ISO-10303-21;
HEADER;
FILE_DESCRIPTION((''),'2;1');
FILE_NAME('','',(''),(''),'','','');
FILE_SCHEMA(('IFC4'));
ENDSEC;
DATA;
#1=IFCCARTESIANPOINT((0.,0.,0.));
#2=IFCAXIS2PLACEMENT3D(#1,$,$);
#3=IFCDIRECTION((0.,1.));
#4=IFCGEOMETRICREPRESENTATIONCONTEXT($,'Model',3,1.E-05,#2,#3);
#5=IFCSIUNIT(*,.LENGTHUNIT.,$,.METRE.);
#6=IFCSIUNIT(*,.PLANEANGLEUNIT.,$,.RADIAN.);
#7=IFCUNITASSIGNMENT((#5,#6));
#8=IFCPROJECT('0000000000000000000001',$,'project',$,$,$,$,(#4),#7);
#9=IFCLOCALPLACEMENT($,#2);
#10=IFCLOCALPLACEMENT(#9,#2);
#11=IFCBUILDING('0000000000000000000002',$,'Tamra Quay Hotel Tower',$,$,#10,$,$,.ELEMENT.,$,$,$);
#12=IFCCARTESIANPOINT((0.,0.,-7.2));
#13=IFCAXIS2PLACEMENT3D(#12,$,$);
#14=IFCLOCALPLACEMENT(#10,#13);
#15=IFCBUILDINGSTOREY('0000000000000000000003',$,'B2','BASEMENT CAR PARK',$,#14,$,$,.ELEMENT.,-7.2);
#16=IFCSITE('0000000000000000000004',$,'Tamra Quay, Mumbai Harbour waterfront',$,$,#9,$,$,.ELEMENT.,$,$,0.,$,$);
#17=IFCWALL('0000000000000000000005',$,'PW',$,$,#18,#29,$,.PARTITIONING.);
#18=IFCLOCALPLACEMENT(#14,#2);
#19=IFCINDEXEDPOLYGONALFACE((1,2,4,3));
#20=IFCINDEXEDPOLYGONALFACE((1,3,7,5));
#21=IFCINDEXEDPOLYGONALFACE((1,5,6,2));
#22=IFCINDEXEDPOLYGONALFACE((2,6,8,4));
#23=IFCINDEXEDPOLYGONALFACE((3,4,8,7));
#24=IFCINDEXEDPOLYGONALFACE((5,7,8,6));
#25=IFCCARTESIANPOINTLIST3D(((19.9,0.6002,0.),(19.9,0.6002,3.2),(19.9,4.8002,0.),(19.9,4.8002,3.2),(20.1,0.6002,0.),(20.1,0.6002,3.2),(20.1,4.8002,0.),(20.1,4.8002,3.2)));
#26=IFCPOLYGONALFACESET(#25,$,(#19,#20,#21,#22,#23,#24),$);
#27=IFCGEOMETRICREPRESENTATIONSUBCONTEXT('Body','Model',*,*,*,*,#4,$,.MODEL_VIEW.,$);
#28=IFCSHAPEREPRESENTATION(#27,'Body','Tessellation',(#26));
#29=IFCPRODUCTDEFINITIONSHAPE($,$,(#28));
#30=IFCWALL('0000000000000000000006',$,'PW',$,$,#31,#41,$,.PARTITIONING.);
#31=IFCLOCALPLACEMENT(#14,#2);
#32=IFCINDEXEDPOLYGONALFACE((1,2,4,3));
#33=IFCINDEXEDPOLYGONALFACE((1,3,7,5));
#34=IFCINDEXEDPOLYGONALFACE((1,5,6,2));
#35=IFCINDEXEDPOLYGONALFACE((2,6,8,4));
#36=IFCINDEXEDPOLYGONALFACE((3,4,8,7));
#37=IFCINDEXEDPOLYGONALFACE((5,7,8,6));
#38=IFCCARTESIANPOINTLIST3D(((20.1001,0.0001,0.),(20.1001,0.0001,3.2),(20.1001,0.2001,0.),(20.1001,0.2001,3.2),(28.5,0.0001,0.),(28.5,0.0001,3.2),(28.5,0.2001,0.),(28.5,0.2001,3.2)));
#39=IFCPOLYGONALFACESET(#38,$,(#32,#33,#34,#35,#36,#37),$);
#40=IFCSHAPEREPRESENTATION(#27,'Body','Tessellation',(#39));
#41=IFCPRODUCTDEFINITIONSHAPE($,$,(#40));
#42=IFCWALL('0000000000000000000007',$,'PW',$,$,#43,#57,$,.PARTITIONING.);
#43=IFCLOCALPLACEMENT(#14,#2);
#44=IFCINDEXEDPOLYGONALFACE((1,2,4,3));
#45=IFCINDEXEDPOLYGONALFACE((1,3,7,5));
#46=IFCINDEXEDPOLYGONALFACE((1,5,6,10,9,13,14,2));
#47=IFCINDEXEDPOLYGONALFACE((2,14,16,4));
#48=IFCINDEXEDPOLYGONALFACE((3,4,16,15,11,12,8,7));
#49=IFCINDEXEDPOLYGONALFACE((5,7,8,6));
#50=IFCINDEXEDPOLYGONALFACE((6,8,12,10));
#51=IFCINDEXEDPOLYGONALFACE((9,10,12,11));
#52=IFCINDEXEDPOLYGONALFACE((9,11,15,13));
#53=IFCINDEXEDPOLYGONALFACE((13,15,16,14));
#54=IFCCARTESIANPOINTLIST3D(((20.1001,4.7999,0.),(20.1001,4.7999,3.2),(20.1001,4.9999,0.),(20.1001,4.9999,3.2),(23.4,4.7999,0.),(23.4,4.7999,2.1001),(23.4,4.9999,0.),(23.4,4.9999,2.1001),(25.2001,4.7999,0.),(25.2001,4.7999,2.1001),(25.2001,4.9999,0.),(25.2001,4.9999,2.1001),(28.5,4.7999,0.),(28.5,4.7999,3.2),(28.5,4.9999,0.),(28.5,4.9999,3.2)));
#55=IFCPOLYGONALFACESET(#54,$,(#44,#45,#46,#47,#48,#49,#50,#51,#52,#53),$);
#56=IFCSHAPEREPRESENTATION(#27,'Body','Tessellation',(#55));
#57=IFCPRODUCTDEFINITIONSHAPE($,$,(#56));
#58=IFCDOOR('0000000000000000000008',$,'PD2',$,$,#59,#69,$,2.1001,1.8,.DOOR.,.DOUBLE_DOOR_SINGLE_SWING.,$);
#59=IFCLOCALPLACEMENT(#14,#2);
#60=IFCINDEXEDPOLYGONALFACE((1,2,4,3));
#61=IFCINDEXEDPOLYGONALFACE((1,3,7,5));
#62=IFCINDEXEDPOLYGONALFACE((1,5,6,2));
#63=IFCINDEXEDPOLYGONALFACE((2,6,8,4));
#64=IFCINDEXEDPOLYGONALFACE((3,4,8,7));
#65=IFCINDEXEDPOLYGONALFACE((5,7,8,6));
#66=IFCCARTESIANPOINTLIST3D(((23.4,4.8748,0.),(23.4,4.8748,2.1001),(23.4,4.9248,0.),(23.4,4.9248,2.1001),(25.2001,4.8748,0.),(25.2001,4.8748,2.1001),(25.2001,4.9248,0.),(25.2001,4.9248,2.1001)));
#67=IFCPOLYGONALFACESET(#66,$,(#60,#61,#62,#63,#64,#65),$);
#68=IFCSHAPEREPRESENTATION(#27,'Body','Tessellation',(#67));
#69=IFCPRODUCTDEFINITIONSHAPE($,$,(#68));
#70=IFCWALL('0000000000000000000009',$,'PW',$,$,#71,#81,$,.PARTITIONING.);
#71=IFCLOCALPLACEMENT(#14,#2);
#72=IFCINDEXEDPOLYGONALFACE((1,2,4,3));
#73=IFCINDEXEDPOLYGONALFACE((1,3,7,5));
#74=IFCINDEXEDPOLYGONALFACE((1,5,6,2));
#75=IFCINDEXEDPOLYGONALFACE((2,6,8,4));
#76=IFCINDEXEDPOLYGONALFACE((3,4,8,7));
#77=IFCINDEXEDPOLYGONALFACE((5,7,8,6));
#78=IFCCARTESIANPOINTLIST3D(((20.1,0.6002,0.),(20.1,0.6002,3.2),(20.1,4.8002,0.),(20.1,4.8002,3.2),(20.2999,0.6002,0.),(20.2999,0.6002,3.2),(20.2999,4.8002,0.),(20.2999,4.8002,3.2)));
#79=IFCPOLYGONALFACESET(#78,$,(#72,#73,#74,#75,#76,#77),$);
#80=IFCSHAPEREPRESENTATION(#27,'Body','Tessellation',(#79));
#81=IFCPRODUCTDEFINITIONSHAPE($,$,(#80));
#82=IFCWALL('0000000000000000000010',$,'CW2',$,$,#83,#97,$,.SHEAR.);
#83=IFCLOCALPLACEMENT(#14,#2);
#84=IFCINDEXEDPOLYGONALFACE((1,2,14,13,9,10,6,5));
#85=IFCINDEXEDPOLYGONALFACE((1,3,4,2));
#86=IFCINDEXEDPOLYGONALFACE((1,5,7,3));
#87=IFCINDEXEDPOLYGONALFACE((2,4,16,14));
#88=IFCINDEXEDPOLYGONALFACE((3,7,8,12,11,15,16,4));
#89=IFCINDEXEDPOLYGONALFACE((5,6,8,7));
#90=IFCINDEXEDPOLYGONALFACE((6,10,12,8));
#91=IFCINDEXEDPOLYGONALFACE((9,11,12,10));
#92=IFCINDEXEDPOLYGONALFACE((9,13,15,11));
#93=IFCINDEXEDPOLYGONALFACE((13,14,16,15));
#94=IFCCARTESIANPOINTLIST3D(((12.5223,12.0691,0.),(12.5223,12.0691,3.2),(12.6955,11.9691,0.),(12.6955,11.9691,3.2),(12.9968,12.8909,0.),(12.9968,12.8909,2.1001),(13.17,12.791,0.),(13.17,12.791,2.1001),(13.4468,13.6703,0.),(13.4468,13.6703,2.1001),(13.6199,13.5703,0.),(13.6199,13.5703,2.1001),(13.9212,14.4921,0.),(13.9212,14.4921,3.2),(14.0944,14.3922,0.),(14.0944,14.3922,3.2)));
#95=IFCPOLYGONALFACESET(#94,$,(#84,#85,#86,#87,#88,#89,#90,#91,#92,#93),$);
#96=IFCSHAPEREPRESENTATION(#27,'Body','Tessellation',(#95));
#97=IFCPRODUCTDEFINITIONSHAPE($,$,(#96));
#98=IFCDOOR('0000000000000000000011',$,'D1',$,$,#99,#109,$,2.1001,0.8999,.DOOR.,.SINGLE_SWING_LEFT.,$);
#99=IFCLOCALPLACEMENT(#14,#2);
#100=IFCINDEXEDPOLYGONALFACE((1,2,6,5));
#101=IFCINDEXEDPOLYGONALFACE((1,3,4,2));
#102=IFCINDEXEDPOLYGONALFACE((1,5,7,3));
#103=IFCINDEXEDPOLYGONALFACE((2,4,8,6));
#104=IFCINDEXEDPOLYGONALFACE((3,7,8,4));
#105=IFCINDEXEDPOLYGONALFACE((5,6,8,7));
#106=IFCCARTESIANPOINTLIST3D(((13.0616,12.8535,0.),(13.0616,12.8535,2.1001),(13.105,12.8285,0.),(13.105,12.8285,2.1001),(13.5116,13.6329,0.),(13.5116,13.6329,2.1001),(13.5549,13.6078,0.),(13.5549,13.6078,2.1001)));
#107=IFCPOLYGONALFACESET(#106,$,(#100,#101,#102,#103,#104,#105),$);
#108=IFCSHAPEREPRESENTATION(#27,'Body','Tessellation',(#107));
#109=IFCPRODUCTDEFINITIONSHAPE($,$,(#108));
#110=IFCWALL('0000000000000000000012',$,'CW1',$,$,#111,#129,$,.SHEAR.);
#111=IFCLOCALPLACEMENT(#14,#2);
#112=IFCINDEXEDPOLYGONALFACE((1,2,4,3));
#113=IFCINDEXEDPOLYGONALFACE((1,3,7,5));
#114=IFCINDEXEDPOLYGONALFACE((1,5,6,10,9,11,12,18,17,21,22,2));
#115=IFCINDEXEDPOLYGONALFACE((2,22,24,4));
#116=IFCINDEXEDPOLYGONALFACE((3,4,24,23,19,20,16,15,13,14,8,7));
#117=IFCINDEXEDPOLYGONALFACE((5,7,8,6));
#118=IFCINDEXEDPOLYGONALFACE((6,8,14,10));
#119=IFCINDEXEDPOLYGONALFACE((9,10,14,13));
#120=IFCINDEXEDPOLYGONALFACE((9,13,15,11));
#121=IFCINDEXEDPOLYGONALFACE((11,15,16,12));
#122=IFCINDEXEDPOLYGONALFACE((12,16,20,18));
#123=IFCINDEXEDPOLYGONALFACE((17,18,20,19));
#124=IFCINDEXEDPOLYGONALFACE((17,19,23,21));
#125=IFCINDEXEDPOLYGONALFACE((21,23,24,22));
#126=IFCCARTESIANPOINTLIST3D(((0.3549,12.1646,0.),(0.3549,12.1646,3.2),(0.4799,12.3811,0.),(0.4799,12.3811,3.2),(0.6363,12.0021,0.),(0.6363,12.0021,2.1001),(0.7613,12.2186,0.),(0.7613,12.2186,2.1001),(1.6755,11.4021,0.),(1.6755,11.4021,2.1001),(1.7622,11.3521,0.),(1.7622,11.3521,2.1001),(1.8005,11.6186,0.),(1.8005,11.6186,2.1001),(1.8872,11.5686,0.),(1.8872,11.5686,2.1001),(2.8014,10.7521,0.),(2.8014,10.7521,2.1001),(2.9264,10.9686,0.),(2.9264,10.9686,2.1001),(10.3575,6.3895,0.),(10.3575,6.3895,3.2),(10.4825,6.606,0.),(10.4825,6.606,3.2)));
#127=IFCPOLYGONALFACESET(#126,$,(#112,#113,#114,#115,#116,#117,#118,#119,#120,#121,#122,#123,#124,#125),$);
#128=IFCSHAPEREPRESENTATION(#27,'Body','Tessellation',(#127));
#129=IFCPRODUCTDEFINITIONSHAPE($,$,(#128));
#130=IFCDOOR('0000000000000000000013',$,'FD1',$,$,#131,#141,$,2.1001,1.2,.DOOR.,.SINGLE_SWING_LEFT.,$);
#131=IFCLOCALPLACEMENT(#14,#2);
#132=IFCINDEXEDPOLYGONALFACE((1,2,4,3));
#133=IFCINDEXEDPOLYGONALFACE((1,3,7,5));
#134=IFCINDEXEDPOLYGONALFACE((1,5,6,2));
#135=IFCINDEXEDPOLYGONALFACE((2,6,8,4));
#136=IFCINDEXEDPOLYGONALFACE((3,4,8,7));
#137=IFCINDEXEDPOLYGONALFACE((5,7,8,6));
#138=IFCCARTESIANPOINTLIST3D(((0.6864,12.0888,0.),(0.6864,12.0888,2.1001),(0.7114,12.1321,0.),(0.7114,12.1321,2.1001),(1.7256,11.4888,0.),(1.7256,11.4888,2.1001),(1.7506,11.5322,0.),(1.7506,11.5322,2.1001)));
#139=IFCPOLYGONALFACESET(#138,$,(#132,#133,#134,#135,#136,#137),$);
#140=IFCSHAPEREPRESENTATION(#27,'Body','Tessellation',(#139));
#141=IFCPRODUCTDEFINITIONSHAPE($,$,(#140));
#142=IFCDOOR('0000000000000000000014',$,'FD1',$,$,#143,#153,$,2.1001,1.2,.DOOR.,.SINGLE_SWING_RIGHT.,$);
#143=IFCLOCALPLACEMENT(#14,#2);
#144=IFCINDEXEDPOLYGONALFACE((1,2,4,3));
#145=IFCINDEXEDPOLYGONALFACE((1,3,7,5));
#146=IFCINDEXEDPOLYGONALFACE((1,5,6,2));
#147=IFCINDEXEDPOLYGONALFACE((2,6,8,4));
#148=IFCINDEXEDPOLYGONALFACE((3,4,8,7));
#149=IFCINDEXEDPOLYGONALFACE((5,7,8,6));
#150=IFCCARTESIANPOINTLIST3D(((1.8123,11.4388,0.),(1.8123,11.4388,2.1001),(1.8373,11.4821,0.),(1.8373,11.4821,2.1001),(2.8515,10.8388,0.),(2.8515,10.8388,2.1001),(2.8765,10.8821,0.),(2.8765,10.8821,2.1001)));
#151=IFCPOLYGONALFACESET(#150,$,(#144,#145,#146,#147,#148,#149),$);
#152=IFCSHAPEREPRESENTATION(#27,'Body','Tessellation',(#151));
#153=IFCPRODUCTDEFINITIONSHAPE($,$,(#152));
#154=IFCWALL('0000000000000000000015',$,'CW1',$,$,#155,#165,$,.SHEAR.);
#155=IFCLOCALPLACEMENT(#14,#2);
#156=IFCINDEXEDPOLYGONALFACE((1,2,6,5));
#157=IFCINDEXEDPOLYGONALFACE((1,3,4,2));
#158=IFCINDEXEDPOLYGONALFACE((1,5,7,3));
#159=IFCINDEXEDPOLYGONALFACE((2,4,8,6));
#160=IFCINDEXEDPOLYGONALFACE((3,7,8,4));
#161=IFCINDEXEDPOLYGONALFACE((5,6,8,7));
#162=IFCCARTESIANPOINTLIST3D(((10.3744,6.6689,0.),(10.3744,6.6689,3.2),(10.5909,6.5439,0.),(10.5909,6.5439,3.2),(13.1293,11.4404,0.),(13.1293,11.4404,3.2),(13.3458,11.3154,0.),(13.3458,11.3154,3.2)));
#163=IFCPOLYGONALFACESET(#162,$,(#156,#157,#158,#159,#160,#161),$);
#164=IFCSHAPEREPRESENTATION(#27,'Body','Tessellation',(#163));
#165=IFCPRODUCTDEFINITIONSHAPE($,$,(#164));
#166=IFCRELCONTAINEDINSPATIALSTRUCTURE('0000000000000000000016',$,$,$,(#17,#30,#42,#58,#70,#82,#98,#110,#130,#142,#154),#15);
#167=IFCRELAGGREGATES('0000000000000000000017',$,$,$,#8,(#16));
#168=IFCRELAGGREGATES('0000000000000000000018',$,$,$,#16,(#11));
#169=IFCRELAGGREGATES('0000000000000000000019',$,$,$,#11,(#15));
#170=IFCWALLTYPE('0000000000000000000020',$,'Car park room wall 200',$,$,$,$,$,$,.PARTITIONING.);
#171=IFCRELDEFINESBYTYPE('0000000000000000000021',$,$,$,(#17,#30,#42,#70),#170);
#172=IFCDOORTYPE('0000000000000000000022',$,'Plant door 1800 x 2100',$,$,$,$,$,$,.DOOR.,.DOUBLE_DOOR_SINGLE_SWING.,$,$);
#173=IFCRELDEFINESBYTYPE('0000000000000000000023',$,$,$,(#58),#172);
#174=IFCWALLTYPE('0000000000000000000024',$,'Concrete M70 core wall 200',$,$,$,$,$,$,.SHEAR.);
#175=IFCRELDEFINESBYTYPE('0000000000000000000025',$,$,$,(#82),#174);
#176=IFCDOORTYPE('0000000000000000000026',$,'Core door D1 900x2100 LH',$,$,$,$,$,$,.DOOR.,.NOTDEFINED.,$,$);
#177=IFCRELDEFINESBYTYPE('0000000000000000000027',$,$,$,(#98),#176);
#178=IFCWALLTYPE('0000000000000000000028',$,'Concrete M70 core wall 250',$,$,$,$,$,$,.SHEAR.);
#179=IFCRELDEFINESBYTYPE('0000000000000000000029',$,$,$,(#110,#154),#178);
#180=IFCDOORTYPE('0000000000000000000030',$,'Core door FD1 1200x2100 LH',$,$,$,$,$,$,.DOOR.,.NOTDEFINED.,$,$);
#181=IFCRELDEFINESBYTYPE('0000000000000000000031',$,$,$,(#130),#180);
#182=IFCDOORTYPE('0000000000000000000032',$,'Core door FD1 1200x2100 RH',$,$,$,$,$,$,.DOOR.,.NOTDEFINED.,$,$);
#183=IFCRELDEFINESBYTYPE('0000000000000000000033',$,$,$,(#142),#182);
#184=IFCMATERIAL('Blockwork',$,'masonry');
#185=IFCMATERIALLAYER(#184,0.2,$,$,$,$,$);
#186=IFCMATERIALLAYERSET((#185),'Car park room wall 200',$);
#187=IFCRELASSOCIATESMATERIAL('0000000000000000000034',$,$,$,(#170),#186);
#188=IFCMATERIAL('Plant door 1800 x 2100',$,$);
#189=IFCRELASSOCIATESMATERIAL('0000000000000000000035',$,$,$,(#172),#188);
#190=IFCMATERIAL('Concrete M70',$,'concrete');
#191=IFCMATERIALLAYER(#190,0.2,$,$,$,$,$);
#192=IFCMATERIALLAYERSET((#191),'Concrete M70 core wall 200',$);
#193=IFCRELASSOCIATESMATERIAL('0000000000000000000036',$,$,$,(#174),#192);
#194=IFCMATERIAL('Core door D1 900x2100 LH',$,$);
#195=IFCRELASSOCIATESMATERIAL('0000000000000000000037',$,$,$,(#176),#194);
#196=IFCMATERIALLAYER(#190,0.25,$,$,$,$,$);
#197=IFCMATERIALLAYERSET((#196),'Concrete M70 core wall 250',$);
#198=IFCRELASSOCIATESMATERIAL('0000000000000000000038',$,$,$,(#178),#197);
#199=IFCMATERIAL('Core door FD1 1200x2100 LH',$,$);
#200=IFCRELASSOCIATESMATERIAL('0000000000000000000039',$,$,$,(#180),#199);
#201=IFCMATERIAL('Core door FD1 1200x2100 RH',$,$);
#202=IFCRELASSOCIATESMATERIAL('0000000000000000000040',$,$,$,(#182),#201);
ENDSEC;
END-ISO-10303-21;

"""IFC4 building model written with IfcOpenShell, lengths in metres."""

from ifc_helpers import new_model, si_unit, direction, frame, frame_2d, origin, place, context, subcontext, project, spatial, rectangle, extrude, material, layer, layer_set, type_object, element, fill, save


model = new_model("IFC4")

# Units and contexts
model_context = context("Model", 3, precision=1e-05, world=origin(), true_north=direction((0.0, 1.0)))
body_context = subcontext(model_context, "Body", "Model", "MODEL_VIEW")
ifc_project = project(units=[si_unit("LENGTHUNIT", "METRE"), si_unit("PLANEANGLEUNIT", "RADIAN")], contexts=[model_context])

# Site, building, storey
site_placement = place(None, origin())
site = spatial("IfcSite", under=ifc_project, at=site_placement, Name="Tamra Quay, Mumbai Harbour waterfront", CompositionType="ELEMENT", RefElevation=0.0)
building_placement = place(site_placement, origin())
building = spatial("IfcBuilding", under=site, at=building_placement, Name="Tamra Quay Hotel Tower", CompositionType="ELEMENT")
storey_placement = place(building_placement, frame((0.0, 0.0, -7.2)))
storey = spatial("IfcBuildingStorey", under=building, at=storey_placement, Name="B2", Description="BASEMENT CAR PARK", CompositionType="ELEMENT", Elevation=-7.2)

# Walls
ifc_material_1 = material(Name="Blockwork", Category="masonry")
ifc_layer_1 = layer(ifc_material_1, 0.2)
ifc_layer_set_1 = layer_set([ifc_layer_1], Name="Car park room wall 200")
wall_type_1 = type_object("IfcWallType", Name="Car park room wall 200", PredefinedType="PARTITIONING", material=ifc_layer_set_1)
wall_1_placement = place(storey_placement, frame((20.0, 0.6001, 0.0), z_axis=(0.0, 0.0, 1.0), x_axis=(0.0, 1.0, 0.0)))
element("IfcWall", 1, at=wall_1_placement, inside=storey, type_object=wall_type_1, Name="PW", PredefinedType="PARTITIONING", context=body_context, shape_type="SweptSolid", body=[
    extrude(rectangle(XDim=4.2, YDim=0.2, at=frame_2d((2.1001, 0.0))), origin(), (0.0, 0.0, 1.0), 3.2),
])
wall_2_placement = place(storey_placement, frame((20.1001, 0.1001, 0.0), z_axis=(0.0, 0.0, 1.0), x_axis=(1.0, 0.0, 0.0)))
element("IfcWall", 2, at=wall_2_placement, inside=storey, type_object=wall_type_1, Name="PW", PredefinedType="PARTITIONING", context=body_context, shape_type="SweptSolid", body=[
    extrude(rectangle(XDim=8.3999, YDim=0.2, at=frame_2d((4.2, 0.0))), origin(), (0.0, 0.0, 1.0), 3.2),
])

# Wall, opening, door
wall_3_placement = place(storey_placement, frame((20.1001, 4.8999, 0.0), z_axis=(0.0, 0.0, 1.0), x_axis=(1.0, 0.0, 0.0)))
wall_3 = element("IfcWall", 3, at=wall_3_placement, inside=storey, type_object=wall_type_1, Name="PW", PredefinedType="PARTITIONING", context=body_context, shape_type="SweptSolid", body=[
    extrude(rectangle(XDim=8.3999, YDim=0.2, at=frame_2d((4.2, 0.0))), origin(), (0.0, 0.0, 1.0), 3.2),
])
opening_1_placement = place(wall_3_placement, frame((3.3, 0.0, 0.0)))
opening_1 = element("IfcOpeningElement", 4, at=opening_1_placement, cuts=wall_3, PredefinedType="OPENING", context=body_context, shape_type="SweptSolid", body=[
    extrude(rectangle(XDim=1.8, YDim=2.1001, at=frame_2d((0.8999, 1.05))), frame((0.0, 0.1099, 0.0), z_axis=(0.0, -1.0, 0.0), x_axis=(1.0, 0.0, 0.0)), (0.0, 0.0, 1.0), 0.22),
])
ifc_material_2 = material(Name="Plant door 1800 x 2100")
door_type_1 = type_object("IfcDoorType", Name="Plant door 1800 x 2100", OperationType="DOUBLE_DOOR_SINGLE_SWING", PredefinedType="DOOR", material=ifc_material_2)
door_1_placement = place(opening_1_placement, origin())
door_1 = element("IfcDoor", 5, at=door_1_placement, inside=storey, type_object=door_type_1, Name="PD2", OperationType="DOUBLE_DOOR_SINGLE_SWING", OverallHeight=2.1001, OverallWidth=1.8, PredefinedType="DOOR", context=body_context, shape_type="SweptSolid", body=[
    extrude(rectangle(XDim=1.8, YDim=2.1001, at=frame_2d((0.8999, 1.05))), frame((0.0, 0.0249, 0.0), z_axis=(0.0, -1.0, 0.0), x_axis=(1.0, 0.0, 0.0)), (0.0, 0.0, 1.0), 0.05),
])
fill(opening_1, door_1)

# Wall
wall_4_placement = place(storey_placement, frame((20.2, 0.6001, 0.0), z_axis=(0.0, 0.0, 1.0), x_axis=(0.0, 1.0, 0.0)))
element("IfcWall", 6, at=wall_4_placement, inside=storey, type_object=wall_type_1, Name="PW", PredefinedType="PARTITIONING", context=body_context, shape_type="SweptSolid", body=[
    extrude(rectangle(XDim=4.2, YDim=0.2, at=frame_2d((2.1001, 0.0))), origin(), (0.0, 0.0, 1.0), 3.2),
])

# Wall, opening, door
ifc_material_3 = material(Name="Concrete M70", Category="concrete")
ifc_layer_2 = layer(ifc_material_3, 0.2)
ifc_layer_set_2 = layer_set([ifc_layer_2], Name="Concrete M70 core wall 200")
wall_type_2 = type_object("IfcWallType", Name="Concrete M70 core wall 200", PredefinedType="SHEAR", material=ifc_layer_set_2)
wall_5_placement = place(storey_placement, frame((14.0078, 14.4421, 0.0), z_axis=(0.0, 0.0, 1.0), x_axis=(-0.499987, -0.866033, 0.0)))
wall_5 = element("IfcWall", 7, at=wall_5_placement, inside=storey, type_object=wall_type_2, Name="CW2", PredefinedType="SHEAR", context=body_context, shape_type="SweptSolid", body=[
    extrude(rectangle(XDim=2.7979, YDim=0.2, at=frame_2d((1.3989, 0.0))), origin(), (0.0, 0.0, 1.0), 3.2),
])
opening_2_placement = place(wall_5_placement, frame((0.949, 0.0, 0.0)))
opening_2 = element("IfcOpeningElement", 8, at=opening_2_placement, cuts=wall_5, PredefinedType="OPENING", context=body_context, shape_type="SweptSolid", body=[
    extrude(rectangle(XDim=0.8999, YDim=2.1001, at=frame_2d((0.45, 1.05))), frame((0.0, 0.1099, 0.0), z_axis=(0.0, -1.0, 0.0), x_axis=(1.0, 0.0, 0.0)), (0.0, 0.0, 1.0), 0.22),
])
ifc_material_4 = material(Name="Core door D1 900x2100 LH")
door_type_2 = type_object("IfcDoorType", Name="Core door D1 900x2100 LH", OperationType="NOTDEFINED", PredefinedType="DOOR", material=ifc_material_4)
door_2_placement = place(opening_2_placement, origin())
door_2 = element("IfcDoor", 9, at=door_2_placement, inside=storey, type_object=door_type_2, Name="D1", OperationType="SINGLE_SWING_LEFT", OverallHeight=2.1001, OverallWidth=0.8999, PredefinedType="DOOR", context=body_context, shape_type="SweptSolid", body=[
    extrude(rectangle(XDim=0.8999, YDim=2.1001, at=frame_2d((0.45, 1.05))), frame((0.0, 0.0249, 0.0), z_axis=(0.0, -1.0, 0.0), x_axis=(1.0, 0.0, 0.0)), (0.0, 0.0, 1.0), 0.05),
])
fill(opening_2, door_2)

# Wall, openings, doors
ifc_layer_3 = layer(ifc_material_3, 0.25)
ifc_layer_set_3 = layer_set([ifc_layer_3], Name="Concrete M70 core wall 250")
wall_type_3 = type_object("IfcWallType", Name="Concrete M70 core wall 250", PredefinedType="SHEAR", material=ifc_layer_set_3)
wall_6_placement = place(storey_placement, frame((10.4199, 6.4978, 0.0), z_axis=(0.0, 0.0, 1.0), x_axis=(-0.866022, 0.500006, 0.0)))
wall_6 = element("IfcWall", 10, at=wall_6_placement, inside=storey, type_object=wall_type_3, Name="CW1", PredefinedType="SHEAR", context=body_context, shape_type="SweptSolid", body=[
    extrude(rectangle(XDim=11.55, YDim=0.25, at=frame_2d((5.7749, 0.0))), origin(), (0.0, 0.0, 1.0), 3.2),
])
opening_3_placement = place(wall_6_placement, frame((10.0249, 0.0, 0.0)))
opening_3 = element("IfcOpeningElement", 11, at=opening_3_placement, cuts=wall_6, PredefinedType="OPENING", context=body_context, shape_type="SweptSolid", body=[
    extrude(rectangle(XDim=1.2, YDim=2.1001, at=frame_2d((0.6001, 1.05))), frame((0.0, 0.135, 0.0), z_axis=(0.0, -1.0, 0.0), x_axis=(1.0, 0.0, 0.0)), (0.0, 0.0, 1.0), 0.27),
])
opening_4_placement = place(wall_6_placement, frame((8.7249, 0.0, 0.0)))
opening_4 = element("IfcOpeningElement", 12, at=opening_4_placement, cuts=wall_6, PredefinedType="OPENING", context=body_context, shape_type="SweptSolid", body=[
    extrude(rectangle(XDim=1.2, YDim=2.1001, at=frame_2d((0.6001, 1.05))), frame((0.0, 0.135, 0.0), z_axis=(0.0, -1.0, 0.0), x_axis=(1.0, 0.0, 0.0)), (0.0, 0.0, 1.0), 0.27),
])
ifc_material_5 = material(Name="Core door FD1 1200x2100 LH")
door_type_3 = type_object("IfcDoorType", Name="Core door FD1 1200x2100 LH", OperationType="NOTDEFINED", PredefinedType="DOOR", material=ifc_material_5)
door_3_placement = place(opening_3_placement, origin())
door_3 = element("IfcDoor", 13, at=door_3_placement, inside=storey, type_object=door_type_3, Name="FD1", OperationType="SINGLE_SWING_LEFT", OverallHeight=2.1001, OverallWidth=1.2, PredefinedType="DOOR", context=body_context, shape_type="SweptSolid", body=[
    extrude(rectangle(XDim=1.2, YDim=2.1001, at=frame_2d((0.6001, 1.05))), frame((0.0, 0.0249, 0.0), z_axis=(0.0, -1.0, 0.0), x_axis=(1.0, 0.0, 0.0)), (0.0, 0.0, 1.0), 0.05),
])
fill(opening_3, door_3)
ifc_material_6 = material(Name="Core door FD1 1200x2100 RH")
door_type_4 = type_object("IfcDoorType", Name="Core door FD1 1200x2100 RH", OperationType="NOTDEFINED", PredefinedType="DOOR", material=ifc_material_6)
door_4_placement = place(opening_4_placement, origin())
door_4 = element("IfcDoor", 14, at=door_4_placement, inside=storey, type_object=door_type_4, Name="FD1", OperationType="SINGLE_SWING_RIGHT", OverallHeight=2.1001, OverallWidth=1.2, PredefinedType="DOOR", context=body_context, shape_type="SweptSolid", body=[
    extrude(rectangle(XDim=1.2, YDim=2.1001, at=frame_2d((0.6001, 1.05))), frame((0.0, 0.0249, 0.0), z_axis=(0.0, -1.0, 0.0), x_axis=(1.0, 0.0, 0.0)), (0.0, 0.0, 1.0), 0.05),
])
fill(opening_4, door_4)

# Wall
wall_7_placement = place(storey_placement, frame((13.2375, 11.3779, 0.0), z_axis=(0.0, 0.0, 1.0), x_axis=(-0.500009, -0.86602, 0.0)))
element("IfcWall", 15, at=wall_7_placement, inside=storey, type_object=wall_type_3, Name="CW1", PredefinedType="SHEAR", context=body_context, shape_type="SweptSolid", body=[
    extrude(rectangle(XDim=5.5098, YDim=0.25, at=frame_2d((2.7549, 0.0))), origin(), (0.0, 0.0, 1.0), 3.2),
])

save(model, "model.ifc")
